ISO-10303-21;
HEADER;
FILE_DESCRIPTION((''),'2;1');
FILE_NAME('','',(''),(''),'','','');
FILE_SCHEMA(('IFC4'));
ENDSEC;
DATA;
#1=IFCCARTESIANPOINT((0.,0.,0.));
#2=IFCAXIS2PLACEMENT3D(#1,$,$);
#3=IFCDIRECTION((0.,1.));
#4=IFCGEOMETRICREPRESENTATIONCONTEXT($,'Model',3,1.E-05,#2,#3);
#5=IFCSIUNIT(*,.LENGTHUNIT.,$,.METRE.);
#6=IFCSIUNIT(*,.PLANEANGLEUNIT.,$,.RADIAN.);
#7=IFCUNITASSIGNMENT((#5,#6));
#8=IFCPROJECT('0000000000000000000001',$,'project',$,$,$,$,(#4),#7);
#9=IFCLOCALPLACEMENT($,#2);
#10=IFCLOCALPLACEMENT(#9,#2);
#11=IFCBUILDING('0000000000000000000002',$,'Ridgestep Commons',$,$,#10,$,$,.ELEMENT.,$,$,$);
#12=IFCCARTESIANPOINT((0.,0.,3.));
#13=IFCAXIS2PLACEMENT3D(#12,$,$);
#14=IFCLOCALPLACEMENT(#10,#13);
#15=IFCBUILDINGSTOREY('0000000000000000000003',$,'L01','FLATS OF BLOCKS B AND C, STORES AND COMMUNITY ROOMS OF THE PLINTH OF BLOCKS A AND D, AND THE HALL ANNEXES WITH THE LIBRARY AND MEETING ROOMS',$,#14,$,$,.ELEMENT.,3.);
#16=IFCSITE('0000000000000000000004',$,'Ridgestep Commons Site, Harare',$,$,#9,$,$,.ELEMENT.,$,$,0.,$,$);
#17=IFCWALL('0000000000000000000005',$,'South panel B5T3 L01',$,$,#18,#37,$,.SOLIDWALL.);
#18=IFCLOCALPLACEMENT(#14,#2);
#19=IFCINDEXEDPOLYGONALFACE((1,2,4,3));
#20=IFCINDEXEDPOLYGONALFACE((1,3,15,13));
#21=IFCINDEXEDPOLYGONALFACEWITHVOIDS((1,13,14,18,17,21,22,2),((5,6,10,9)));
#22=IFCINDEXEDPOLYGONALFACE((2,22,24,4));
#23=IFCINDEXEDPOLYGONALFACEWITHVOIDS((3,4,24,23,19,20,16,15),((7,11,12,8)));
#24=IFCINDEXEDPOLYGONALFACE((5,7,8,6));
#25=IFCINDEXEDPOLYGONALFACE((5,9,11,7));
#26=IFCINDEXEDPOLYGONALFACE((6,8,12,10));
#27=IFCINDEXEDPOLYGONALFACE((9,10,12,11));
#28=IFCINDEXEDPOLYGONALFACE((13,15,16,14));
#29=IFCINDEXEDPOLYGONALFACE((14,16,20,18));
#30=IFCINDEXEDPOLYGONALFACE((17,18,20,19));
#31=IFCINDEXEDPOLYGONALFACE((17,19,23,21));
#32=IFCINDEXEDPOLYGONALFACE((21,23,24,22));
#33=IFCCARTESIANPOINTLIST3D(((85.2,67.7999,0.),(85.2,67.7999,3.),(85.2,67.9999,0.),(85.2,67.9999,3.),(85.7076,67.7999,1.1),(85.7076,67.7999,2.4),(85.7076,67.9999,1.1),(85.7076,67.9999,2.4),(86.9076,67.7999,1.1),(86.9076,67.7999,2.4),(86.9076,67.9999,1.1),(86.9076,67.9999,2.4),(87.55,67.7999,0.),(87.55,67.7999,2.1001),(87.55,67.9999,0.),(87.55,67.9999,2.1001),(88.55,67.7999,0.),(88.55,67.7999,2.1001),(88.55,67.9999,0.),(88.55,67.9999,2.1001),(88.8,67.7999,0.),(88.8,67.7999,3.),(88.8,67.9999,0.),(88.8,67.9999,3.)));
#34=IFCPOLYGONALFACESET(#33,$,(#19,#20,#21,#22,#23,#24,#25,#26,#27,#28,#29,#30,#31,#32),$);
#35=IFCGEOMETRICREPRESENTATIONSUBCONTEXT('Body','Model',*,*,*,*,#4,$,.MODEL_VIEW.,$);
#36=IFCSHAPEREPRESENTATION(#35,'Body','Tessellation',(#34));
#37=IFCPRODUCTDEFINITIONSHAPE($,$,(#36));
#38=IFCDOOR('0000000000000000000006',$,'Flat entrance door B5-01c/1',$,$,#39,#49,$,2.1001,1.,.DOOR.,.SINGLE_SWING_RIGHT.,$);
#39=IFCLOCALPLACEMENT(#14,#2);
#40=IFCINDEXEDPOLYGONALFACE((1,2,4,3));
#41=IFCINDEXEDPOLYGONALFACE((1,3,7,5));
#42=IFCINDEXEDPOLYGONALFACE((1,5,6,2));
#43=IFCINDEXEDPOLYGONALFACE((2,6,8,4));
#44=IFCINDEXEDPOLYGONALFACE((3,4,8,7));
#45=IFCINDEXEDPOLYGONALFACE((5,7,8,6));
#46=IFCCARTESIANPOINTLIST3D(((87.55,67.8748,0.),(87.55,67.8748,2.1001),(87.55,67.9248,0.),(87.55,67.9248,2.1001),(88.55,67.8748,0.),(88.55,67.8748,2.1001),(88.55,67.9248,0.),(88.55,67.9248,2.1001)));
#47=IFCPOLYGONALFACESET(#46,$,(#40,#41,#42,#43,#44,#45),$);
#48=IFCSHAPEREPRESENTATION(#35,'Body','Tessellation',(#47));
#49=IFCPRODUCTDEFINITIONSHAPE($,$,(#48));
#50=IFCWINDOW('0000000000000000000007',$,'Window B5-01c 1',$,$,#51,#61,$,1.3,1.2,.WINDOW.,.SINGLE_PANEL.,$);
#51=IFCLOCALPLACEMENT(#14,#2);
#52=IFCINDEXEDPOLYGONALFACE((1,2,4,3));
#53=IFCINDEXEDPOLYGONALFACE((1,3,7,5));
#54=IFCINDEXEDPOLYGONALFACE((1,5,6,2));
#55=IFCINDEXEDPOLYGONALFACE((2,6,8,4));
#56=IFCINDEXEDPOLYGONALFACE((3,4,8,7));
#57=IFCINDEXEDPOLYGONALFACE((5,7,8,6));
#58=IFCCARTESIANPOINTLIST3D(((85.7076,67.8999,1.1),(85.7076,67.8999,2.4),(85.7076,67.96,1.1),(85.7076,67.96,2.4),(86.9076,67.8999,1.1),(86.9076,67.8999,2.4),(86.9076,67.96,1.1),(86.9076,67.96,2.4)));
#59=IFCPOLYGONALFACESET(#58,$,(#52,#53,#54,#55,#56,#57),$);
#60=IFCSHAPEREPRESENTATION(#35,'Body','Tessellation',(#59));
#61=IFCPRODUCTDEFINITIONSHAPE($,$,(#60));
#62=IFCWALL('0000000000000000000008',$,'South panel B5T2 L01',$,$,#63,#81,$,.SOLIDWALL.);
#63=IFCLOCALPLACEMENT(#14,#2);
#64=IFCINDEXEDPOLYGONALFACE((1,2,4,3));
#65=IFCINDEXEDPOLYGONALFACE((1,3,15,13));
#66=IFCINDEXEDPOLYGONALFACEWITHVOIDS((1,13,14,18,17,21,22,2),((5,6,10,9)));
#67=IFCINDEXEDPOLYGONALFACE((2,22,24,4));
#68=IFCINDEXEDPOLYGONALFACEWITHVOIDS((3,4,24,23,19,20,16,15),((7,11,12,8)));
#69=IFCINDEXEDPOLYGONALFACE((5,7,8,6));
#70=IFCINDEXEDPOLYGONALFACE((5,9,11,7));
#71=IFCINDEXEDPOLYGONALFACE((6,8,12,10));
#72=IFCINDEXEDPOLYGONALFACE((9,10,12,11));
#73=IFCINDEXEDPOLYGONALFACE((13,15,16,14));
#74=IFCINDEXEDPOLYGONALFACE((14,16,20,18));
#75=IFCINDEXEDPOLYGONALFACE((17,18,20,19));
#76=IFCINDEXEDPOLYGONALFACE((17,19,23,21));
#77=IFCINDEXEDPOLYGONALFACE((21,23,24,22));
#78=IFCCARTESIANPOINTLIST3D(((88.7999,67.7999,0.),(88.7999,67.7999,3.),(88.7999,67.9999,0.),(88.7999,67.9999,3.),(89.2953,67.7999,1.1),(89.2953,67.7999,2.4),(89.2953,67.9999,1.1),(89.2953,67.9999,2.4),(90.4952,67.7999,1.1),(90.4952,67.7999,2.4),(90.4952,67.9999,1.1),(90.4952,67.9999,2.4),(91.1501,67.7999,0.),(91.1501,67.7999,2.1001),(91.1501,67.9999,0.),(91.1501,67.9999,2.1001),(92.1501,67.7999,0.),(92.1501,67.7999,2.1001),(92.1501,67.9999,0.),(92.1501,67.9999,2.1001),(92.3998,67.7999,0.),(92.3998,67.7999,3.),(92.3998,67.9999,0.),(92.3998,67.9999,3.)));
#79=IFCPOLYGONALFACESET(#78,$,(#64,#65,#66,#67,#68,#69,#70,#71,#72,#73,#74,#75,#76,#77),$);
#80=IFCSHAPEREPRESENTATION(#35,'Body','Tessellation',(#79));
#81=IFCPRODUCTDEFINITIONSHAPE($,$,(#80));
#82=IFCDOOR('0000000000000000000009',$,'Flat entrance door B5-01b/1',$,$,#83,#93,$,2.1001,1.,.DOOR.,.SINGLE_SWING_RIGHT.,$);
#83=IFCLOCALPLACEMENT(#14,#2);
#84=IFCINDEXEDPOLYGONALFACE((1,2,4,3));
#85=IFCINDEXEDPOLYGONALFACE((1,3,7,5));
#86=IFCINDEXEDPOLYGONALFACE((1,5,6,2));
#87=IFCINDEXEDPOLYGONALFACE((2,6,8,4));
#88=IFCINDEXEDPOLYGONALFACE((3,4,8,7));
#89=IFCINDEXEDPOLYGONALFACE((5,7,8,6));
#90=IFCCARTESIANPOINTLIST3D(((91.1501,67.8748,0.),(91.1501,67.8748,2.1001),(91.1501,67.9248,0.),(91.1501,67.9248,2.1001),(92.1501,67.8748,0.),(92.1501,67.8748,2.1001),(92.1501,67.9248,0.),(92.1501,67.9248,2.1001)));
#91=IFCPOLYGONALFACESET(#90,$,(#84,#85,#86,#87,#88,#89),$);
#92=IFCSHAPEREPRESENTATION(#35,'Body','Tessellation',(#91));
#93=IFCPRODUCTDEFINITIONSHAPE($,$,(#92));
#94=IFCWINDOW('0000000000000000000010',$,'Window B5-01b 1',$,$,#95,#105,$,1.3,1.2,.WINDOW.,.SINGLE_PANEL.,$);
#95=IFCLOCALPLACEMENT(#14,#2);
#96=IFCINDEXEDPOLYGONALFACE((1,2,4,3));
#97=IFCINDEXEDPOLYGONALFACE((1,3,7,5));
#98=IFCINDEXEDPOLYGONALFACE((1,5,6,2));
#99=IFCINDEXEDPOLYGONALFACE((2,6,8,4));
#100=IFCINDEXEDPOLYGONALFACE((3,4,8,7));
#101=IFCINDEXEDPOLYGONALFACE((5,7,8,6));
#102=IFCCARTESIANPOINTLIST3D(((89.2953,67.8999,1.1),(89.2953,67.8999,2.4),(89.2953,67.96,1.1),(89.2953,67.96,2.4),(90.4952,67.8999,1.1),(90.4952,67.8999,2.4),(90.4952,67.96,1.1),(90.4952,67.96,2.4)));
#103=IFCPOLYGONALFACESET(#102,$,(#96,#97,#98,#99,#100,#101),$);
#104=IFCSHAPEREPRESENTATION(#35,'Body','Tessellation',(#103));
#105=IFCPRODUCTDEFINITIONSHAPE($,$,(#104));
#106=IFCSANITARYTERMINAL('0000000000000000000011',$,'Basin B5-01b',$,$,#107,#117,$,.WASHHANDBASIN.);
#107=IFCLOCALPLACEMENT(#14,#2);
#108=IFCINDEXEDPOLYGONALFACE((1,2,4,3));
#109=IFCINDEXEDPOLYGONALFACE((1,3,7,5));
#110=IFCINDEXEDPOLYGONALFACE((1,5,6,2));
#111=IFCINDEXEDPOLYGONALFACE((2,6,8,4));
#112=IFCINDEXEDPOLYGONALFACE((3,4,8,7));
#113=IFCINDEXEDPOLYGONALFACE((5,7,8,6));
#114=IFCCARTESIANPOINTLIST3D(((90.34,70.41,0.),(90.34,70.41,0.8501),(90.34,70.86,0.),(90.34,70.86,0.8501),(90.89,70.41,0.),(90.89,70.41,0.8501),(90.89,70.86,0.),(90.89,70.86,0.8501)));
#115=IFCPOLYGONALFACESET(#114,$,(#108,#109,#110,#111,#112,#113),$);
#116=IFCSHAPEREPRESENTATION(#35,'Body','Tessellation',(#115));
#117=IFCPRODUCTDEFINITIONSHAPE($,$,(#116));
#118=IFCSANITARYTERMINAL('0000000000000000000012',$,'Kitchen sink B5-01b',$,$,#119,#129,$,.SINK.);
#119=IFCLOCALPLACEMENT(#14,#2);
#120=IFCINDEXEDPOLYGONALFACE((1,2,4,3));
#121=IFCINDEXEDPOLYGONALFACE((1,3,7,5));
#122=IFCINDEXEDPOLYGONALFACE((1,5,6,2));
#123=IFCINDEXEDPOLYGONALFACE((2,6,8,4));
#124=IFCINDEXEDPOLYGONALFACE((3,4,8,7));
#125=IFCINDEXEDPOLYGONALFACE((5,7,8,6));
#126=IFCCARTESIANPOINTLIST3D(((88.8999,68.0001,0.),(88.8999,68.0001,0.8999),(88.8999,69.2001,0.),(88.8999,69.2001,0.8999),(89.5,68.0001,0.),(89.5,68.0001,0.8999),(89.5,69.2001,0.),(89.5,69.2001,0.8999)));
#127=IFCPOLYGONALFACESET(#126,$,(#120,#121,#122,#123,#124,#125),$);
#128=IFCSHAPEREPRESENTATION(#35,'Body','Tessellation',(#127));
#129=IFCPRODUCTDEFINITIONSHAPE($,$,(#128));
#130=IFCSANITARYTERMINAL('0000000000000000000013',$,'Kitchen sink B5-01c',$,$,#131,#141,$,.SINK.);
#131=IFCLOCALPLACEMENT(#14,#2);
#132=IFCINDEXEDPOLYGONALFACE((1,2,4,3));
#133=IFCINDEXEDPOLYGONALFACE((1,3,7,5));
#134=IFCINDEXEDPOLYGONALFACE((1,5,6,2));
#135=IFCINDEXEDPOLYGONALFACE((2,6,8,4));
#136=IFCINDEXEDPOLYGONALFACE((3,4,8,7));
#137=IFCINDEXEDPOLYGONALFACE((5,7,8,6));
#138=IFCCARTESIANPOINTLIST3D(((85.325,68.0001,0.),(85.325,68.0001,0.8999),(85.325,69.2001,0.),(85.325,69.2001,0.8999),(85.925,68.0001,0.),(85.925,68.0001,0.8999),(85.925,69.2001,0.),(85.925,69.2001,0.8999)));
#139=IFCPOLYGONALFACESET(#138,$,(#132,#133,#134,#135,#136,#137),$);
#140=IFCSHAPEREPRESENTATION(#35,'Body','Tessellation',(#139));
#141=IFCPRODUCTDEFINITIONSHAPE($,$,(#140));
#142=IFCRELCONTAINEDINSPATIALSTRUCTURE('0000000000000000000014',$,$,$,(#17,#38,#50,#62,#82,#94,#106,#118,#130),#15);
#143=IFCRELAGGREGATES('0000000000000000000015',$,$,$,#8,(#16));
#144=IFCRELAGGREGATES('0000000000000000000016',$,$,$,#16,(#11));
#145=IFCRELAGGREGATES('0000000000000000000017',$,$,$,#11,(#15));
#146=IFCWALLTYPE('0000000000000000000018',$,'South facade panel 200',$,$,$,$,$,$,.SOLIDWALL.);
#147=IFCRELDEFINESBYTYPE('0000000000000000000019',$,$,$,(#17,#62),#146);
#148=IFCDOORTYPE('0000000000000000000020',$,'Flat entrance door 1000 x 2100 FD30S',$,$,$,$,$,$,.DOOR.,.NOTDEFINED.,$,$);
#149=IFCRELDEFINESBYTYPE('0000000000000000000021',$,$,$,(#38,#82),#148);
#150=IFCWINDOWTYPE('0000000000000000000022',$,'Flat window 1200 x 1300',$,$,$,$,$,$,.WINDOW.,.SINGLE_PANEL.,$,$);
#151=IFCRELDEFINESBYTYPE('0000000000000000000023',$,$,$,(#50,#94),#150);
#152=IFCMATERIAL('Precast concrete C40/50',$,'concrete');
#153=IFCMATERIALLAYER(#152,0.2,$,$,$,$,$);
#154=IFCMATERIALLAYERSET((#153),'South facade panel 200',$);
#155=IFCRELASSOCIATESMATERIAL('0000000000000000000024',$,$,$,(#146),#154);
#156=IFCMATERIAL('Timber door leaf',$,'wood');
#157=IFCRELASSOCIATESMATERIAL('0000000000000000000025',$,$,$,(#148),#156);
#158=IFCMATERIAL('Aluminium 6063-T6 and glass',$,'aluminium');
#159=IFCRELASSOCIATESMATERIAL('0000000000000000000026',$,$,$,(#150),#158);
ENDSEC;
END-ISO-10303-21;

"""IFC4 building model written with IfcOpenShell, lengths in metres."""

from ifc_helpers import new_model, si_unit, direction, frame, frame_2d, origin, origin_2d, place, context, subcontext, project, spatial, rectangle, extrude, material, layer, layer_set, type_object, element, fill, save


model = new_model("IFC4")

# Units and contexts
model_context = context("Model", 3, precision=1e-05, world=origin(), true_north=direction((0.0, 1.0)))
body_context = subcontext(model_context, "Body", "Model", "MODEL_VIEW")
ifc_project = project(units=[si_unit("LENGTHUNIT", "METRE"), si_unit("PLANEANGLEUNIT", "RADIAN")], contexts=[model_context])

# Site, building, storey
site_placement = place(None, origin())
site = spatial("IfcSite", under=ifc_project, at=site_placement, Name="Ridgestep Commons Site, Harare", CompositionType="ELEMENT", RefElevation=0.0)
building_placement = place(site_placement, origin())
building = spatial("IfcBuilding", under=site, at=building_placement, Name="Ridgestep Commons", CompositionType="ELEMENT")
storey_placement = place(building_placement, frame((0.0, 0.0, 3.0)))
storey = spatial("IfcBuildingStorey", under=building, at=storey_placement, Name="L01", Description="FLATS OF BLOCKS B AND C, STORES AND COMMUNITY ROOMS OF THE PLINTH OF BLOCKS A AND D, AND THE HALL ANNEXES WITH THE LIBRARY AND MEETING ROOMS", CompositionType="ELEMENT", Elevation=3.0)

# Walls, openings, doors, windows
ifc_material_1 = material(Name="Precast concrete C40/50", Category="concrete")
ifc_layer_1 = layer(ifc_material_1, 0.2)
ifc_layer_set_1 = layer_set([ifc_layer_1], Name="South facade panel 200")
wall_type_1 = type_object("IfcWallType", Name="South facade panel 200", PredefinedType="SOLIDWALL", material=ifc_layer_set_1)
wall_1_placement = place(storey_placement, frame((85.2, 67.8999, 0.0), z_axis=(0.0, 0.0, 1.0), x_axis=(1.0, 0.0, 0.0)))
wall_1 = element("IfcWall", 1, at=wall_1_placement, inside=storey, type_object=wall_type_1, Name="South panel B5T3 L01", PredefinedType="SOLIDWALL", context=body_context, shape_type="SweptSolid", body=[
    extrude(rectangle(XDim=3.6001, YDim=0.2, at=frame_2d((1.8, 0.0))), origin(), (0.0, 0.0, 1.0), 3.0),
])
opening_1_placement = place(wall_1_placement, frame((0.5076, 0.0, 1.1001)))
opening_1 = element("IfcOpeningElement", 2, at=opening_1_placement, cuts=wall_1, PredefinedType="OPENING", context=body_context, shape_type="SweptSolid", body=[
    extrude(rectangle(XDim=1.2, YDim=1.3, at=frame_2d((0.6001, 0.6499))), frame((0.0, 0.1099, 0.0), z_axis=(0.0, -1.0, 0.0), x_axis=(1.0, 0.0, 0.0)), (0.0, 0.0, 1.0), 0.22),
])
opening_2_placement = place(wall_1_placement, frame((2.3501, 0.0, 0.0)))
opening_2 = element("IfcOpeningElement", 3, at=opening_2_placement, cuts=wall_1, PredefinedType="OPENING", context=body_context, shape_type="SweptSolid", body=[
    extrude(rectangle(XDim=1.0, YDim=2.1001, at=frame_2d((0.5, 1.05))), frame((0.0, 0.1099, 0.0), z_axis=(0.0, -1.0, 0.0), x_axis=(1.0, 0.0, 0.0)), (0.0, 0.0, 1.0), 0.22),
])
ifc_material_2 = material(Name="Timber door leaf", Category="wood")
door_type_1 = type_object("IfcDoorType", Name="Flat entrance door 1000 x 2100 FD30S", OperationType="NOTDEFINED", PredefinedType="DOOR", material=ifc_material_2)
door_1_placement = place(opening_2_placement, origin())
door_1 = element("IfcDoor", 4, at=door_1_placement, inside=storey, type_object=door_type_1, Name="Flat entrance door B5-01c/1", OperationType="SINGLE_SWING_RIGHT", OverallHeight=2.1001, OverallWidth=1.0, PredefinedType="DOOR", context=body_context, shape_type="SweptSolid", body=[
    extrude(rectangle(XDim=1.0, YDim=2.1001, at=frame_2d((0.5, 1.05))), frame((0.0, 0.0249, 0.0), z_axis=(0.0, -1.0, 0.0), x_axis=(1.0, 0.0, 0.0)), (0.0, 0.0, 1.0), 0.05),
])
fill(opening_2, door_1)
ifc_material_3 = material(Name="Aluminium 6063-T6 and glass", Category="aluminium")
window_type = type_object("IfcWindowType", Name="Flat window 1200 x 1300", PartitioningType="SINGLE_PANEL", PredefinedType="WINDOW", material=ifc_material_3)
window_1_placement = place(opening_1_placement, origin())
window_1 = element("IfcWindow", 5, at=window_1_placement, inside=storey, type_object=window_type, Name="Window B5-01c 1", OverallHeight=1.3, OverallWidth=1.2, PartitioningType="SINGLE_PANEL", PredefinedType="WINDOW", context=body_context, shape_type="SweptSolid", body=[
    extrude(rectangle(XDim=1.2, YDim=1.3, at=frame_2d((0.6001, 0.6499))), frame((0.0, 0.0601, 0.0), z_axis=(0.0, -1.0, 0.0), x_axis=(1.0, 0.0, 0.0)), (0.0, 0.0, 1.0), 0.0601),
])
fill(opening_1, window_1)
wall_2_placement = place(storey_placement, frame((88.8, 67.8999, 0.0), z_axis=(0.0, 0.0, 1.0), x_axis=(1.0, 0.0, 0.0)))
wall_2 = element("IfcWall", 6, at=wall_2_placement, inside=storey, type_object=wall_type_1, Name="South panel B5T2 L01", PredefinedType="SOLIDWALL", context=body_context, shape_type="SweptSolid", body=[
    extrude(rectangle(XDim=3.5999, YDim=0.2, at=frame_2d((1.7998, 0.0))), origin(), (0.0, 0.0, 1.0), 3.0),
])
opening_3_placement = place(wall_2_placement, frame((0.4951, 0.0, 1.1001)))
opening_3 = element("IfcOpeningElement", 7, at=opening_3_placement, cuts=wall_2, PredefinedType="OPENING", context=body_context, shape_type="SweptSolid", body=[
    extrude(rectangle(XDim=1.2, YDim=1.3, at=frame_2d((0.6001, 0.6499))), frame((0.0, 0.1099, 0.0), z_axis=(0.0, -1.0, 0.0), x_axis=(1.0, 0.0, 0.0)), (0.0, 0.0, 1.0), 0.22),
])
opening_4_placement = place(wall_2_placement, frame((2.3501, 0.0, 0.0)))
opening_4 = element("IfcOpeningElement", 8, at=opening_4_placement, cuts=wall_2, PredefinedType="OPENING", context=body_context, shape_type="SweptSolid", body=[
    extrude(rectangle(XDim=1.0, YDim=2.1001, at=frame_2d((0.5, 1.05))), frame((0.0, 0.1099, 0.0), z_axis=(0.0, -1.0, 0.0), x_axis=(1.0, 0.0, 0.0)), (0.0, 0.0, 1.0), 0.22),
])
door_2_placement = place(opening_4_placement, origin())
door_2 = element("IfcDoor", 9, at=door_2_placement, inside=storey, type_object=door_type_1, Name="Flat entrance door B5-01b/1", OperationType="SINGLE_SWING_RIGHT", OverallHeight=2.1001, OverallWidth=1.0, PredefinedType="DOOR", context=body_context, shape_type="SweptSolid", body=[
    extrude(rectangle(XDim=1.0, YDim=2.1001, at=frame_2d((0.5, 1.05))), frame((0.0, 0.0249, 0.0), z_axis=(0.0, -1.0, 0.0), x_axis=(1.0, 0.0, 0.0)), (0.0, 0.0, 1.0), 0.05),
])
fill(opening_4, door_2)
window_2_placement = place(opening_3_placement, origin())
window_2 = element("IfcWindow", 10, at=window_2_placement, inside=storey, type_object=window_type, Name="Window B5-01b 1", OverallHeight=1.3, OverallWidth=1.2, PartitioningType="SINGLE_PANEL", PredefinedType="WINDOW", context=body_context, shape_type="SweptSolid", body=[
    extrude(rectangle(XDim=1.2, YDim=1.3, at=frame_2d((0.6001, 0.6499))), frame((0.0, 0.0601, 0.0), z_axis=(0.0, -1.0, 0.0), x_axis=(1.0, 0.0, 0.0)), (0.0, 0.0, 1.0), 0.0601),
])
fill(opening_3, window_2)

# Sanitary terminals
sanitary_terminal_placement = place(storey_placement, frame((90.615, 70.635, 0.0), z_axis=(0.0, 0.0, 1.0), x_axis=(1.0, 0.0, 0.0)))
element("IfcSanitaryTerminal", 11, at=sanitary_terminal_placement, inside=storey, Name="Basin B5-01b", PredefinedType="WASHHANDBASIN", context=body_context, shape_type="SweptSolid", body=[
    extrude(rectangle(XDim=0.55, YDim=0.45, at=origin_2d()), origin(), (0.0, 0.0, 1.0), 0.8501),
])
for number, where, z_axis, x_axis, name in (
    (12, (89.2, 68.6001, 0.0), (0.0, 0.0, 1.0), (1.0, 0.0, 0.0), "Kitchen sink B5-01b"),
    (13, (85.625, 68.6001, 0.0), (0.0, 0.0, 1.0), (1.0, 0.0, 0.0), "Kitchen sink B5-01c"),
):
    element("IfcSanitaryTerminal", number, at=place(storey_placement, frame(where, z_axis=z_axis, x_axis=x_axis)), inside=storey, Name=name, PredefinedType="SINK", context=body_context, shape_type="SweptSolid", body=[
        extrude(rectangle(XDim=0.6001, YDim=1.2, at=origin_2d()), origin(), (0.0, 0.0, 1.0), 0.8999),
    ])

save(model, "model.ifc")
